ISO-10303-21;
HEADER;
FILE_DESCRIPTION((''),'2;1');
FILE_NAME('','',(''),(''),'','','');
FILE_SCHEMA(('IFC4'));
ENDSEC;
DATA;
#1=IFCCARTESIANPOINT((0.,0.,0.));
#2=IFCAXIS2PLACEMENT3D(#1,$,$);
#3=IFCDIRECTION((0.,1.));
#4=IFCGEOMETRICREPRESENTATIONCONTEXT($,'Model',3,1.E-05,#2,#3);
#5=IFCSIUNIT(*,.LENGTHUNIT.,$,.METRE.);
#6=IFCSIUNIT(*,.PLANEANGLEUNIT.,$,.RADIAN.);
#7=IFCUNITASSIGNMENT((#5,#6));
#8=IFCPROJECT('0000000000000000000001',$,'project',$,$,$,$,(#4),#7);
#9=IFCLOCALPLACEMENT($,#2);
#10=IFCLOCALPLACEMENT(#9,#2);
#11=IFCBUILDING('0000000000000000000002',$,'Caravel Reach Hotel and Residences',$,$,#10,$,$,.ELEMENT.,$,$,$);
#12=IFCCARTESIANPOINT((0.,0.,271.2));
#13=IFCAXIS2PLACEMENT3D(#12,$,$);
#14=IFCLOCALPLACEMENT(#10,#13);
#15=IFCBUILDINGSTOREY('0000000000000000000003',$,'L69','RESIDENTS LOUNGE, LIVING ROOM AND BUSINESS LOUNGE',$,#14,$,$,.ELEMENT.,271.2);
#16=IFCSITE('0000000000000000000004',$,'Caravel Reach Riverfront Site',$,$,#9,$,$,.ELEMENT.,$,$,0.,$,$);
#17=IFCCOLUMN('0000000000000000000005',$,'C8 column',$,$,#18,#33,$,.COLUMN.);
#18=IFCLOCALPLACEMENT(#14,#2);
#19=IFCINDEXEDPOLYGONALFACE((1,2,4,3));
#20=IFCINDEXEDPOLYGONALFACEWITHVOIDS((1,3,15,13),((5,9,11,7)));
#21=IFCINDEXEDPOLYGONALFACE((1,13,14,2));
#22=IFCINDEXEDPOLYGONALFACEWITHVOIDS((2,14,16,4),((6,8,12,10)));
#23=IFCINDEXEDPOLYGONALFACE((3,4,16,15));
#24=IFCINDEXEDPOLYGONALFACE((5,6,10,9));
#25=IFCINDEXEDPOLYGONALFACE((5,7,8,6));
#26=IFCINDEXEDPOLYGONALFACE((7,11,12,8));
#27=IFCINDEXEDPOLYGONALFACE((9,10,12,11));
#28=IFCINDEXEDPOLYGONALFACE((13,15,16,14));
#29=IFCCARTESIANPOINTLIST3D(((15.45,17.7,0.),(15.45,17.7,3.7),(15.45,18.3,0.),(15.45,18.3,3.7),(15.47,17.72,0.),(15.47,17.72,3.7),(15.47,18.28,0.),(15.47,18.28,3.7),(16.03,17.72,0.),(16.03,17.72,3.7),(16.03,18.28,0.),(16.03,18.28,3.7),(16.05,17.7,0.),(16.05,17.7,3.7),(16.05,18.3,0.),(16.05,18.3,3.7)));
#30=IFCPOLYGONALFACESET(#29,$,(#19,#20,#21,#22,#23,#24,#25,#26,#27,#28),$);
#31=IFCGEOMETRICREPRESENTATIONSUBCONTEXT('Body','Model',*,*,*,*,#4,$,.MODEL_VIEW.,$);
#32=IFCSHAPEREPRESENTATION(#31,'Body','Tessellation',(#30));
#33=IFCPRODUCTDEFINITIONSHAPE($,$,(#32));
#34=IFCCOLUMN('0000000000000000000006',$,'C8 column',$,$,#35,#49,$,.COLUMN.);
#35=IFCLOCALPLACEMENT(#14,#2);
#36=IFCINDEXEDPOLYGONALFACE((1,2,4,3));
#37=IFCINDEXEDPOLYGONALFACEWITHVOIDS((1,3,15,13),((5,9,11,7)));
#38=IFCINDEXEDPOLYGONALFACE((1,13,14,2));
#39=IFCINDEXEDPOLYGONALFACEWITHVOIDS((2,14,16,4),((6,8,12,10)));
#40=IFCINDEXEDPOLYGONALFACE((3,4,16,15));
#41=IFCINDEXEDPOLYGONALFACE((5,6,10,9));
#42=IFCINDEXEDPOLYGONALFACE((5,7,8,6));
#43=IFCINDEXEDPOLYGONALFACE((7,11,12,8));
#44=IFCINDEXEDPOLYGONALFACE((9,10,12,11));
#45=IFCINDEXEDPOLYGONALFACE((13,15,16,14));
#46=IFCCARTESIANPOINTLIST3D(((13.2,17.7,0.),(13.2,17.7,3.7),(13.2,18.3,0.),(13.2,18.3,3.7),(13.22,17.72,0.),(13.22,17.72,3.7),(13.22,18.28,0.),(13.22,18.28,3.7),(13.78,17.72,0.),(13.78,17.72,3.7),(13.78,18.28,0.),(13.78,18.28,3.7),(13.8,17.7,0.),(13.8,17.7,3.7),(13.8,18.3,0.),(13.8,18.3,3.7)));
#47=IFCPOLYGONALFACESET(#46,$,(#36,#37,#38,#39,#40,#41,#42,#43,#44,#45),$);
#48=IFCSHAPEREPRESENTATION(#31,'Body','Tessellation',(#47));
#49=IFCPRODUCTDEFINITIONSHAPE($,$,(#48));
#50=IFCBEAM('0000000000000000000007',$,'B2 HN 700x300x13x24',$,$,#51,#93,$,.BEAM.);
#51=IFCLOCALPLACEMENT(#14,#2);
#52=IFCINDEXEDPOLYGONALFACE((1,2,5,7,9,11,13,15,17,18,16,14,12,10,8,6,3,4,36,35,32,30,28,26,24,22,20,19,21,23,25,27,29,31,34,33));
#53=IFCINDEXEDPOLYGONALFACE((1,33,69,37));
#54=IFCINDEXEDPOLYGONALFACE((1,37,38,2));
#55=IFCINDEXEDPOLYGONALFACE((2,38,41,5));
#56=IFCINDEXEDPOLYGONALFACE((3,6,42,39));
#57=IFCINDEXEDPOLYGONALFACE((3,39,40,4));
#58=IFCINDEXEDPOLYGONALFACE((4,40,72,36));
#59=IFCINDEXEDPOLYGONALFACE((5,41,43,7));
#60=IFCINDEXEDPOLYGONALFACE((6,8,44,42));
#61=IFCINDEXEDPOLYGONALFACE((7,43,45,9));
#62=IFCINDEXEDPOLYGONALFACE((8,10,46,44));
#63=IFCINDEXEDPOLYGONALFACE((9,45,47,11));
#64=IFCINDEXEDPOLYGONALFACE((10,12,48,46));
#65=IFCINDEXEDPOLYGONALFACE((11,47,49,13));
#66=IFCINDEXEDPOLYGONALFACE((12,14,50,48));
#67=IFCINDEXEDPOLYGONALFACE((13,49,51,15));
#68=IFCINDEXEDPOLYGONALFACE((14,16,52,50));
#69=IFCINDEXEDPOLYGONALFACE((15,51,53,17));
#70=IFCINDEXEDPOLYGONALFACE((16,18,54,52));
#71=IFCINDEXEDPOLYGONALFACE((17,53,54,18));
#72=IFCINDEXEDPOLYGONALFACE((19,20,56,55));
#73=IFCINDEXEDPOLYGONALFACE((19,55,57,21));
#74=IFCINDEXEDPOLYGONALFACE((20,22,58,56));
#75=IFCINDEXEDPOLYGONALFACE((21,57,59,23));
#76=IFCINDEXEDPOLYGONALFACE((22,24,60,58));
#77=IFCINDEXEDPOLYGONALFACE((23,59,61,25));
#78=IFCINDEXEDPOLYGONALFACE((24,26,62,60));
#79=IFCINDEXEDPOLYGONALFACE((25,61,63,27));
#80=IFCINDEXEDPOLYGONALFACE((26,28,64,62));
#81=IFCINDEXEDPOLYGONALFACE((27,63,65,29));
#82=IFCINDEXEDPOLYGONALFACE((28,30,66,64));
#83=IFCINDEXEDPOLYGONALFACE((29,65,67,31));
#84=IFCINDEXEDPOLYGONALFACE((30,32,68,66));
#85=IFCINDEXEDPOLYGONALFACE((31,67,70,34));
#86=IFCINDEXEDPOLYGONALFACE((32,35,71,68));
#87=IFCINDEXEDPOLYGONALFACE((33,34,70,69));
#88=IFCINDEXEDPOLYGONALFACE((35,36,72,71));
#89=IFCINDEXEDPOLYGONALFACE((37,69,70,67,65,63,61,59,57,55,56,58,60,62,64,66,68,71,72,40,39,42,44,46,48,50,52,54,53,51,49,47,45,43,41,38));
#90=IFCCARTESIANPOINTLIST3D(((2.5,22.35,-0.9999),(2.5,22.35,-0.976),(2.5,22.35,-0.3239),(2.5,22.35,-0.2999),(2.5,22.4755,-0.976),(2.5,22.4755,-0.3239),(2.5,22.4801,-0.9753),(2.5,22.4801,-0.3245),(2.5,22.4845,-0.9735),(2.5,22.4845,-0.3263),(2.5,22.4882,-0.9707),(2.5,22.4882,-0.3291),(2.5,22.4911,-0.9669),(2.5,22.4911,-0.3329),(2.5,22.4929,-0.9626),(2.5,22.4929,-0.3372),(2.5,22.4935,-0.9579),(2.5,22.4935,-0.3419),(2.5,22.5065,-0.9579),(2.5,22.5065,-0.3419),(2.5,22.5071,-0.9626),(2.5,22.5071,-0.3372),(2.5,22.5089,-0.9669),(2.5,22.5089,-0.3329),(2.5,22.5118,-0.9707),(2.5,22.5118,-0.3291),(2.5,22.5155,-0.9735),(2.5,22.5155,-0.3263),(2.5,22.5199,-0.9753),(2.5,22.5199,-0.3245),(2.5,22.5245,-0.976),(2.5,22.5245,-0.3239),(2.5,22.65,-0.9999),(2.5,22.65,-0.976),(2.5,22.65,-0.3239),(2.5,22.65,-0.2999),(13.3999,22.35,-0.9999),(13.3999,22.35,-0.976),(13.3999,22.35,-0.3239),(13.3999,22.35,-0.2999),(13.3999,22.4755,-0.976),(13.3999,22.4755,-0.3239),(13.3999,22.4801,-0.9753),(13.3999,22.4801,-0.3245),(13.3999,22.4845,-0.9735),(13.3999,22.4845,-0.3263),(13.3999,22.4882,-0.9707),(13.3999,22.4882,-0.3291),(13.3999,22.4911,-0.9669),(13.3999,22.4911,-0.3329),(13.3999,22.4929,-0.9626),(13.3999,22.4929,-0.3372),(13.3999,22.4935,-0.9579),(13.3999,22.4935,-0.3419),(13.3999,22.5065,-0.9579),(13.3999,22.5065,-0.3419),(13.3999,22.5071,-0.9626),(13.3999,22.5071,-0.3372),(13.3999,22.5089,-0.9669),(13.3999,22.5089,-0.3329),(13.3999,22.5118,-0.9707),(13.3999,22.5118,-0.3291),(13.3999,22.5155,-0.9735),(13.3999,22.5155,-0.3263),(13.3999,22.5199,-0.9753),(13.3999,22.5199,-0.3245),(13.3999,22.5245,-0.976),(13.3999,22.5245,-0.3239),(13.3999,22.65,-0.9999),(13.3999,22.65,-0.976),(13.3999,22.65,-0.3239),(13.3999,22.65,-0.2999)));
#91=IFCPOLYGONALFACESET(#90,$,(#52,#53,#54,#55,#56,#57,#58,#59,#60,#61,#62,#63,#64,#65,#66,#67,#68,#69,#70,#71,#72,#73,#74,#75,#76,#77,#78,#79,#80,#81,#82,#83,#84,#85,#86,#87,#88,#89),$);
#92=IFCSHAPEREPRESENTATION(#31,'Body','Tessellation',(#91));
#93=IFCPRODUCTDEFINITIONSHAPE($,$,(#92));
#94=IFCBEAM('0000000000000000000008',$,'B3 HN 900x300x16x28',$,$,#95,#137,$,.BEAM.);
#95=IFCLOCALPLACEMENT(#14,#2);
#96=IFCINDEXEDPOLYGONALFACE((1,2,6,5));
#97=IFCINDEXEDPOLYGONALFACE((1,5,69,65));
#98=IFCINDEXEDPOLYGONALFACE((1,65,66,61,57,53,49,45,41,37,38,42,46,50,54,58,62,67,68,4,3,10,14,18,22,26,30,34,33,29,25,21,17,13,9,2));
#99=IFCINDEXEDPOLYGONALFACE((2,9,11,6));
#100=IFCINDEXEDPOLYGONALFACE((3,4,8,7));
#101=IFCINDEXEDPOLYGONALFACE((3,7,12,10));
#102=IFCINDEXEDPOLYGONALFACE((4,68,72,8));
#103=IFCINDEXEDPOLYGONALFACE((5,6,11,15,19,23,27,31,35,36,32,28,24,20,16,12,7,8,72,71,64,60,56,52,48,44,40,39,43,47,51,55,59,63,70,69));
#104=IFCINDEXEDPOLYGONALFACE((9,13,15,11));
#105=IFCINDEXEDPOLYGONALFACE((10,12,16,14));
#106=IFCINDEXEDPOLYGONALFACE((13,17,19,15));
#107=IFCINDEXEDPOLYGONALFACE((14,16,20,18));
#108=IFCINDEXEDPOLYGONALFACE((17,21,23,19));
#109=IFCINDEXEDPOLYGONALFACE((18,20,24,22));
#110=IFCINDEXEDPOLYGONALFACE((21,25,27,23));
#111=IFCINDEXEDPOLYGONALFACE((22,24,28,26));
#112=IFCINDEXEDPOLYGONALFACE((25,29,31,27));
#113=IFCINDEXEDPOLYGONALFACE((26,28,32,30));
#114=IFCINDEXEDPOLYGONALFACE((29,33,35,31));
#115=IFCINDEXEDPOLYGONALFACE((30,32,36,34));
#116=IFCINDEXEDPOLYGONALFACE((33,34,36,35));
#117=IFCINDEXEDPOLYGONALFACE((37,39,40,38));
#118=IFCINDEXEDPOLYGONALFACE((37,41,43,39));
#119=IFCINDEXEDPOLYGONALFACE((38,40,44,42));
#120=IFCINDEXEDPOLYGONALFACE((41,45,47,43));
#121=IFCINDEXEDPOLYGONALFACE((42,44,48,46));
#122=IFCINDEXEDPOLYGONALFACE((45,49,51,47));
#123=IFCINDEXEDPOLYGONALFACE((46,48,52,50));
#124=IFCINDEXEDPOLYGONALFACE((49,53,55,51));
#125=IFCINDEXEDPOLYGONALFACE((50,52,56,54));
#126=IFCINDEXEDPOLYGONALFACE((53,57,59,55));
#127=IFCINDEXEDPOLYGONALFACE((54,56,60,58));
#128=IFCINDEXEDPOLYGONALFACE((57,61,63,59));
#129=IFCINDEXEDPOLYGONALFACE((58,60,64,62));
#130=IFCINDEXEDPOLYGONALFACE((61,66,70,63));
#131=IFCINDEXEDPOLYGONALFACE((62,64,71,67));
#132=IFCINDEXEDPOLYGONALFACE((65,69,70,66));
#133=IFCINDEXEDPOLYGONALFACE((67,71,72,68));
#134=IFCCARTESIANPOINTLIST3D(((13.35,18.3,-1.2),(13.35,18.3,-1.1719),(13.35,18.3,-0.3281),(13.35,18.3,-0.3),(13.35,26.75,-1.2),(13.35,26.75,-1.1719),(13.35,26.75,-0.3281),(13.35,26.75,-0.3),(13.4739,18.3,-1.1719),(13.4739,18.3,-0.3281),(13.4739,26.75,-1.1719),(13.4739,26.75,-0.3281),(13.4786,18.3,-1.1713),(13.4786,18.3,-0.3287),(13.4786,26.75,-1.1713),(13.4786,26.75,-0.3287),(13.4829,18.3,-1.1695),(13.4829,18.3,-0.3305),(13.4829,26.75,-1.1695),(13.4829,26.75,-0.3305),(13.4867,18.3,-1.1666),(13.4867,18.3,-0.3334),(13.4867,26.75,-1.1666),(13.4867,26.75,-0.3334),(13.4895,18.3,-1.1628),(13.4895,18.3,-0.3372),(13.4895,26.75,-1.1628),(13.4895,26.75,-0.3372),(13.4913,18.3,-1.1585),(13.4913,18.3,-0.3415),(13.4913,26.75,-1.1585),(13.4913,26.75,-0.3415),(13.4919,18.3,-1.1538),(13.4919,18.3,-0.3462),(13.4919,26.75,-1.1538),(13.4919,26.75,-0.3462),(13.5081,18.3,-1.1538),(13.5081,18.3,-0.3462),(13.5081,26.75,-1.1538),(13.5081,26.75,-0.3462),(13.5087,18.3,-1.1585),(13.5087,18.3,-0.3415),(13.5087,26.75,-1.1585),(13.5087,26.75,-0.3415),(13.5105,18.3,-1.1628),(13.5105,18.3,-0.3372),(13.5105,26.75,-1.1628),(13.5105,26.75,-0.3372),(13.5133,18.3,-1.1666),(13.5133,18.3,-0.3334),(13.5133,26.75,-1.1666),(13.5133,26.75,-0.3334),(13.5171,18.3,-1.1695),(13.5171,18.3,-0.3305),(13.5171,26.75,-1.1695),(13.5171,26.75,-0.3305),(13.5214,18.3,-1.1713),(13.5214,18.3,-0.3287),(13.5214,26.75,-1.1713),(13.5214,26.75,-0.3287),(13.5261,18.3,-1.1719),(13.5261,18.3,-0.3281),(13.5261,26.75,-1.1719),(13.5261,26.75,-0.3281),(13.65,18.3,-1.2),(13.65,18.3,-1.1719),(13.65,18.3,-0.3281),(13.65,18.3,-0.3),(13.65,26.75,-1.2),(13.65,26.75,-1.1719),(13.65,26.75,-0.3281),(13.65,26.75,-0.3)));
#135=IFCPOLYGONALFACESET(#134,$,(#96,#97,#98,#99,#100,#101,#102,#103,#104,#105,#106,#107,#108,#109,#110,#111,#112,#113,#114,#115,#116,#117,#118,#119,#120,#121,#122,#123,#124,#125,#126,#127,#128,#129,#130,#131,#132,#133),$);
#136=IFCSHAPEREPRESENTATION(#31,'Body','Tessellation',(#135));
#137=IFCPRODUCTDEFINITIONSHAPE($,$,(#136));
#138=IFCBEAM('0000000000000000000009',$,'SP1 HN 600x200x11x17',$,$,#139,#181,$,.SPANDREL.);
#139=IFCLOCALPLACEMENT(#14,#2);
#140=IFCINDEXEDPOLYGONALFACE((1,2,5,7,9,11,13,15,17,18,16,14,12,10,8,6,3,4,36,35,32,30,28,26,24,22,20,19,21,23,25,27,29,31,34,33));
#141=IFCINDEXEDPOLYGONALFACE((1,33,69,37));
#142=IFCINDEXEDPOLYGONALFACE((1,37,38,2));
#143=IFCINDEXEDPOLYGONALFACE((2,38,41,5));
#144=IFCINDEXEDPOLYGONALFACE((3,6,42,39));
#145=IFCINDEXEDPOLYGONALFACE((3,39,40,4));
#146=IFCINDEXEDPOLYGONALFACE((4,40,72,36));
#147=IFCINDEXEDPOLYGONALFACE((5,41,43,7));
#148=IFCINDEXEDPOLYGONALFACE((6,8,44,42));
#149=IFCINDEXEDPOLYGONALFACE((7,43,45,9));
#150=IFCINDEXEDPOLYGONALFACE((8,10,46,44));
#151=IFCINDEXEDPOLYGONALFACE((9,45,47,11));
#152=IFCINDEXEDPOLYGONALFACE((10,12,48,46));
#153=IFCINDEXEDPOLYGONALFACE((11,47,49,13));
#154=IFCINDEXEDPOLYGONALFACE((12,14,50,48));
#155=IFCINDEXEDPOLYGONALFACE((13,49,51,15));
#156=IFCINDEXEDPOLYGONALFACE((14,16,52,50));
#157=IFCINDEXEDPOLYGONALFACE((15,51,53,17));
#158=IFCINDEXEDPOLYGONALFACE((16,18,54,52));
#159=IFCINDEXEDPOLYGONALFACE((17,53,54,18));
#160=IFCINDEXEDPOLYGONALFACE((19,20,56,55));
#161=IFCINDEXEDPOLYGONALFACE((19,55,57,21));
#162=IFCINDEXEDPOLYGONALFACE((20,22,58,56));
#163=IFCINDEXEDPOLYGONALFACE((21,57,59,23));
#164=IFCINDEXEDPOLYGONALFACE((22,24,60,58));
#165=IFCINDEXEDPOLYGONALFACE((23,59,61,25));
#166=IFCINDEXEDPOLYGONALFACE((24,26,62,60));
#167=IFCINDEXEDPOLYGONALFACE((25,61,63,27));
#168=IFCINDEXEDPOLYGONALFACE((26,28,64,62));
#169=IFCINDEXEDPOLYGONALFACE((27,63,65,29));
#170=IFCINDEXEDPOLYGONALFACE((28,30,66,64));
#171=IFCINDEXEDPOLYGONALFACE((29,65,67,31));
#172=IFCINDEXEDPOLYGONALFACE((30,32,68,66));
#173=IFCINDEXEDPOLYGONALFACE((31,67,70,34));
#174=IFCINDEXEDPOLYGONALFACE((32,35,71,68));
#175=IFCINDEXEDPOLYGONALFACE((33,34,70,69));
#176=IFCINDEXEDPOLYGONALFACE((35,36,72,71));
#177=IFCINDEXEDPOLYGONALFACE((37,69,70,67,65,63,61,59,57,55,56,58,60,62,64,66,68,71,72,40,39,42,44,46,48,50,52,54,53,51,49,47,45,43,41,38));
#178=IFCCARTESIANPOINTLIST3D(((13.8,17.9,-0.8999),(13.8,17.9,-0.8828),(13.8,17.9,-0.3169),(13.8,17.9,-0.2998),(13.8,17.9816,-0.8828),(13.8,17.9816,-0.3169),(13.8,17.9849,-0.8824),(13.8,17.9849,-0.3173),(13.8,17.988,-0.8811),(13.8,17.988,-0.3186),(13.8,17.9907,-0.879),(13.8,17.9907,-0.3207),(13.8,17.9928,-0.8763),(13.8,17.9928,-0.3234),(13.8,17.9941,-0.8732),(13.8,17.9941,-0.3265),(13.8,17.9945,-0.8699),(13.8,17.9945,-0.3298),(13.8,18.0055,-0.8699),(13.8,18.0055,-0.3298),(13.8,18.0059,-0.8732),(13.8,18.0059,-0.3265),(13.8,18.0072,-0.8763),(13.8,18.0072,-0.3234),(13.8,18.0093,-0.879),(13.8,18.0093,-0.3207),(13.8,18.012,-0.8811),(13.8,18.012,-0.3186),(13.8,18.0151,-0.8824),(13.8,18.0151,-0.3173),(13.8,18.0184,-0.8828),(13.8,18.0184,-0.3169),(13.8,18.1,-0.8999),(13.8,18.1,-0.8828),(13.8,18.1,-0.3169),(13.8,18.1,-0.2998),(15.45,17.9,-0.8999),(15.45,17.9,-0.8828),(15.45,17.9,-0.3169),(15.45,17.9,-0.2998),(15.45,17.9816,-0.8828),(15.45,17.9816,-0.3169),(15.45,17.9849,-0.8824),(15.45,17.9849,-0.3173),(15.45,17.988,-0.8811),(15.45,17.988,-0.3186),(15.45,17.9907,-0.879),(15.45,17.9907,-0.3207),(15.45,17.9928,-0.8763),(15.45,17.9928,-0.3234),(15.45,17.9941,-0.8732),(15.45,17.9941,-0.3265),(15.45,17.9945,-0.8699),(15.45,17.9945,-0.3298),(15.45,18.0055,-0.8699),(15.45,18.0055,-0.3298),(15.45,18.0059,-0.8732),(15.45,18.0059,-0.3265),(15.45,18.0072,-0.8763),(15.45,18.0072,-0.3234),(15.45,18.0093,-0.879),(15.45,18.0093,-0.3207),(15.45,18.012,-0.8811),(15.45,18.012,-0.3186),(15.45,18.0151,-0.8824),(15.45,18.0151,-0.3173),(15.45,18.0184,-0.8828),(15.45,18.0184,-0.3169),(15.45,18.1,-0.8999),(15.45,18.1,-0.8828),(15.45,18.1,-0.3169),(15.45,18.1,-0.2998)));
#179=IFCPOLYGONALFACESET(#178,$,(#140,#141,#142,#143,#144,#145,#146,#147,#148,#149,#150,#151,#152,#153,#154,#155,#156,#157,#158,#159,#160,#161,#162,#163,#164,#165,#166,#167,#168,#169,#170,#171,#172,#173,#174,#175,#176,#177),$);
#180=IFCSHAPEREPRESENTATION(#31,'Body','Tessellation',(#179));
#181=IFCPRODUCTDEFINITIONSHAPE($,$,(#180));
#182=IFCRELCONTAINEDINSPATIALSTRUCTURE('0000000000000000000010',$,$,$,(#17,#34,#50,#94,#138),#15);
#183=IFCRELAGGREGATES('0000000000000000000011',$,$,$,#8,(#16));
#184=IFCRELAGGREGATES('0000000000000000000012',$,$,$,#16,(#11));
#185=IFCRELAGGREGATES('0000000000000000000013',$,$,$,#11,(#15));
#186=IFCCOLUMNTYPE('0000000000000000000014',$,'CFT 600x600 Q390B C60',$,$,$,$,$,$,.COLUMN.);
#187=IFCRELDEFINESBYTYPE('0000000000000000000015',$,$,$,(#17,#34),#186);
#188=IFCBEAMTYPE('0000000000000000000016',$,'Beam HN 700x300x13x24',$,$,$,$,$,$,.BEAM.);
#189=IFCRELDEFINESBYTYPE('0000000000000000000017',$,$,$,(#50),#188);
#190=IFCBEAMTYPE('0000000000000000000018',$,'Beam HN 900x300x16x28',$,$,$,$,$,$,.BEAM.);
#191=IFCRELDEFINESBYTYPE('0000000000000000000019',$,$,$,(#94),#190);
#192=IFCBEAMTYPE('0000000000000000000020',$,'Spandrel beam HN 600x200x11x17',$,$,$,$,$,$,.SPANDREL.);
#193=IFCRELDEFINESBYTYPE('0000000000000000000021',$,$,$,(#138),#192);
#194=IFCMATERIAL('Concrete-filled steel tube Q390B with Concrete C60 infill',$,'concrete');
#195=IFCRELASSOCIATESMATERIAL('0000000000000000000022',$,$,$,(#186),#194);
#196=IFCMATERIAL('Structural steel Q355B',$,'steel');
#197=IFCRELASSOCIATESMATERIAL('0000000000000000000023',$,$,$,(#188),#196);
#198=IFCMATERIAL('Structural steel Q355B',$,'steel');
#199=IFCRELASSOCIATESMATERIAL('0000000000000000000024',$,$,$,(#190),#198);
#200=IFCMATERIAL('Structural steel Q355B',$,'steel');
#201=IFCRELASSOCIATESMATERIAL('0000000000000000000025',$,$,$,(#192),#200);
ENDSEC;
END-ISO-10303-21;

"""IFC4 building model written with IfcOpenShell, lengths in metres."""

from ifc_helpers import new_model, si_unit, direction, frame, origin, origin_2d, place, context, subcontext, project, spatial, hollow_rectangle, i_section, extrude, material, material_profile, profile_set, type_object, element, save


model = new_model("IFC4")

# Units and contexts
model_context = context("Model", 3, precision=1e-05, world=origin(), true_north=direction((0.0, 1.0)))
body_context = subcontext(model_context, "Body", "Model", "MODEL_VIEW")
ifc_project = project(units=[si_unit("LENGTHUNIT", "METRE"), si_unit("PLANEANGLEUNIT", "RADIAN")], contexts=[model_context])

# Site, building, storey
site_placement = place(None, origin())
site = spatial("IfcSite", under=ifc_project, at=site_placement, Name="Caravel Reach Riverfront Site", CompositionType="ELEMENT", RefElevation=0.0)
building_placement = place(site_placement, origin())
building = spatial("IfcBuilding", under=site, at=building_placement, Name="Caravel Reach Hotel and Residences", CompositionType="ELEMENT")
storey_placement = place(building_placement, frame((0.0, 0.0, 271.2)))
storey = spatial("IfcBuildingStorey", under=building, at=storey_placement, Name="L69", Description="RESIDENTS LOUNGE, LIVING ROOM AND BUSINESS LOUNGE", CompositionType="ELEMENT", Elevation=271.2)

# Columns
ifc_material_1 = material(Name="Concrete-filled steel tube Q390B with Concrete C60 infill", Category="concrete")
ifc_material_profile_1 = material_profile(ifc_material_1, hollow_rectangle(XDim=0.6001, YDim=0.6001, WallThickness=0.02, at=origin_2d()), Name="RHS 600x600x20")
ifc_profile_set_1 = profile_set([ifc_material_profile_1], Name="Concrete-filled steel tube Q390B with Concrete C60 infill")
column_type = type_object("IfcColumnType", Name="CFT 600x600 Q390B C60", PredefinedType="COLUMN", material=ifc_profile_set_1)
for number, where, z_axis, x_axis, name in (
    (1, (15.75, 18.0, 0.0), (0.0, 0.0, 1.0), (1.0, 0.0, 0.0), "C8 column"),
    (2, (13.5, 18.0, 0.0), (0.0, 0.0, 1.0), (1.0, 0.0, 0.0), "C8 column"),
):
    element("IfcColumn", number, at=place(storey_placement, frame(where, z_axis=z_axis, x_axis=x_axis)), inside=storey, type_object=column_type, Name=name, PredefinedType="COLUMN", context=body_context, shape_type="SweptSolid", body=[
        extrude(hollow_rectangle(XDim=0.6001, YDim=0.6001, WallThickness=0.02, at=origin_2d()), origin(), (0.0, 0.0, 1.0), 3.7),
    ])

# Beams
ifc_material_2 = material(Name="Structural steel Q355B", Category="steel")
ifc_material_profile_2 = material_profile(ifc_material_2, i_section(OverallWidth=0.3, OverallDepth=0.7, WebThickness=0.0129, FlangeThickness=0.0239, FilletRadius=0.0181, at=origin_2d()), Name="HN 700x300x13x24")
ifc_profile_set_2 = profile_set([ifc_material_profile_2], Name="Structural steel Q355B")
beam_type_1 = type_object("IfcBeamType", Name="Beam HN 700x300x13x24", PredefinedType="BEAM", material=ifc_profile_set_2)
beam_1_placement = place(storey_placement, frame((13.3999, 22.5, -0.6499), z_axis=(-1.0, 0.0, 0.0), x_axis=(0.0, -1.0, 0.0)))
element("IfcBeam", 3, at=beam_1_placement, inside=storey, type_object=beam_type_1, Name="B2 HN 700x300x13x24", PredefinedType="BEAM", context=body_context, shape_type="SweptSolid", body=[
    extrude(i_section(OverallWidth=0.3, OverallDepth=0.7, WebThickness=0.0129, FlangeThickness=0.0239, FilletRadius=0.0181, at=origin_2d()), origin(), (0.0, 0.0, 1.0), 10.8999),
])
ifc_material_3 = material(Name="Structural steel Q355B", Category="steel")
ifc_material_profile_3 = material_profile(ifc_material_3, i_section(OverallWidth=0.3, OverallDepth=0.8999, WebThickness=0.0161, FlangeThickness=0.0281, FilletRadius=0.0181, at=origin_2d()), Name="HN 900x300x16x28")
ifc_profile_set_3 = profile_set([ifc_material_profile_3], Name="Structural steel Q355B")
beam_type_2 = type_object("IfcBeamType", Name="Beam HN 900x300x16x28", PredefinedType="BEAM", material=ifc_profile_set_3)
beam_2_placement = place(storey_placement, frame((13.5, 18.3, -0.75), z_axis=(0.0, 1.0, 0.0), x_axis=(-1.0, 0.0, 0.0)))
element("IfcBeam", 4, at=beam_2_placement, inside=storey, type_object=beam_type_2, Name="B3 HN 900x300x16x28", PredefinedType="BEAM", context=body_context, shape_type="SweptSolid", body=[
    extrude(i_section(OverallWidth=0.3, OverallDepth=0.8999, WebThickness=0.0161, FlangeThickness=0.0281, FilletRadius=0.0181, at=origin_2d()), origin(), (0.0, 0.0, 1.0), 8.45),
])
ifc_material_4 = material(Name="Structural steel Q355B", Category="steel")
ifc_material_profile_4 = material_profile(ifc_material_4, i_section(OverallWidth=0.2, OverallDepth=0.6001, WebThickness=0.011, FlangeThickness=0.0171, FilletRadius=0.0129, at=origin_2d()), Name="HN 600x200x11x17")
ifc_profile_set_4 = profile_set([ifc_material_profile_4], Name="Structural steel Q355B")
beam_type_3 = type_object("IfcBeamType", Name="Spandrel beam HN 600x200x11x17", PredefinedType="SPANDREL", material=ifc_profile_set_4)
beam_3_placement = place(storey_placement, frame((13.8, 18.0, -0.5999), z_axis=(1.0, 0.0, 0.0), x_axis=(0.0, 1.0, 0.0)))
element("IfcBeam", 5, at=beam_3_placement, inside=storey, type_object=beam_type_3, Name="SP1 HN 600x200x11x17", PredefinedType="SPANDREL", context=body_context, shape_type="SweptSolid", body=[
    extrude(i_section(OverallWidth=0.2, OverallDepth=0.6001, WebThickness=0.011, FlangeThickness=0.0171, FilletRadius=0.0129, at=origin_2d()), origin(), (0.0, 0.0, 1.0), 1.6499),
])

save(model, "model.ifc")
